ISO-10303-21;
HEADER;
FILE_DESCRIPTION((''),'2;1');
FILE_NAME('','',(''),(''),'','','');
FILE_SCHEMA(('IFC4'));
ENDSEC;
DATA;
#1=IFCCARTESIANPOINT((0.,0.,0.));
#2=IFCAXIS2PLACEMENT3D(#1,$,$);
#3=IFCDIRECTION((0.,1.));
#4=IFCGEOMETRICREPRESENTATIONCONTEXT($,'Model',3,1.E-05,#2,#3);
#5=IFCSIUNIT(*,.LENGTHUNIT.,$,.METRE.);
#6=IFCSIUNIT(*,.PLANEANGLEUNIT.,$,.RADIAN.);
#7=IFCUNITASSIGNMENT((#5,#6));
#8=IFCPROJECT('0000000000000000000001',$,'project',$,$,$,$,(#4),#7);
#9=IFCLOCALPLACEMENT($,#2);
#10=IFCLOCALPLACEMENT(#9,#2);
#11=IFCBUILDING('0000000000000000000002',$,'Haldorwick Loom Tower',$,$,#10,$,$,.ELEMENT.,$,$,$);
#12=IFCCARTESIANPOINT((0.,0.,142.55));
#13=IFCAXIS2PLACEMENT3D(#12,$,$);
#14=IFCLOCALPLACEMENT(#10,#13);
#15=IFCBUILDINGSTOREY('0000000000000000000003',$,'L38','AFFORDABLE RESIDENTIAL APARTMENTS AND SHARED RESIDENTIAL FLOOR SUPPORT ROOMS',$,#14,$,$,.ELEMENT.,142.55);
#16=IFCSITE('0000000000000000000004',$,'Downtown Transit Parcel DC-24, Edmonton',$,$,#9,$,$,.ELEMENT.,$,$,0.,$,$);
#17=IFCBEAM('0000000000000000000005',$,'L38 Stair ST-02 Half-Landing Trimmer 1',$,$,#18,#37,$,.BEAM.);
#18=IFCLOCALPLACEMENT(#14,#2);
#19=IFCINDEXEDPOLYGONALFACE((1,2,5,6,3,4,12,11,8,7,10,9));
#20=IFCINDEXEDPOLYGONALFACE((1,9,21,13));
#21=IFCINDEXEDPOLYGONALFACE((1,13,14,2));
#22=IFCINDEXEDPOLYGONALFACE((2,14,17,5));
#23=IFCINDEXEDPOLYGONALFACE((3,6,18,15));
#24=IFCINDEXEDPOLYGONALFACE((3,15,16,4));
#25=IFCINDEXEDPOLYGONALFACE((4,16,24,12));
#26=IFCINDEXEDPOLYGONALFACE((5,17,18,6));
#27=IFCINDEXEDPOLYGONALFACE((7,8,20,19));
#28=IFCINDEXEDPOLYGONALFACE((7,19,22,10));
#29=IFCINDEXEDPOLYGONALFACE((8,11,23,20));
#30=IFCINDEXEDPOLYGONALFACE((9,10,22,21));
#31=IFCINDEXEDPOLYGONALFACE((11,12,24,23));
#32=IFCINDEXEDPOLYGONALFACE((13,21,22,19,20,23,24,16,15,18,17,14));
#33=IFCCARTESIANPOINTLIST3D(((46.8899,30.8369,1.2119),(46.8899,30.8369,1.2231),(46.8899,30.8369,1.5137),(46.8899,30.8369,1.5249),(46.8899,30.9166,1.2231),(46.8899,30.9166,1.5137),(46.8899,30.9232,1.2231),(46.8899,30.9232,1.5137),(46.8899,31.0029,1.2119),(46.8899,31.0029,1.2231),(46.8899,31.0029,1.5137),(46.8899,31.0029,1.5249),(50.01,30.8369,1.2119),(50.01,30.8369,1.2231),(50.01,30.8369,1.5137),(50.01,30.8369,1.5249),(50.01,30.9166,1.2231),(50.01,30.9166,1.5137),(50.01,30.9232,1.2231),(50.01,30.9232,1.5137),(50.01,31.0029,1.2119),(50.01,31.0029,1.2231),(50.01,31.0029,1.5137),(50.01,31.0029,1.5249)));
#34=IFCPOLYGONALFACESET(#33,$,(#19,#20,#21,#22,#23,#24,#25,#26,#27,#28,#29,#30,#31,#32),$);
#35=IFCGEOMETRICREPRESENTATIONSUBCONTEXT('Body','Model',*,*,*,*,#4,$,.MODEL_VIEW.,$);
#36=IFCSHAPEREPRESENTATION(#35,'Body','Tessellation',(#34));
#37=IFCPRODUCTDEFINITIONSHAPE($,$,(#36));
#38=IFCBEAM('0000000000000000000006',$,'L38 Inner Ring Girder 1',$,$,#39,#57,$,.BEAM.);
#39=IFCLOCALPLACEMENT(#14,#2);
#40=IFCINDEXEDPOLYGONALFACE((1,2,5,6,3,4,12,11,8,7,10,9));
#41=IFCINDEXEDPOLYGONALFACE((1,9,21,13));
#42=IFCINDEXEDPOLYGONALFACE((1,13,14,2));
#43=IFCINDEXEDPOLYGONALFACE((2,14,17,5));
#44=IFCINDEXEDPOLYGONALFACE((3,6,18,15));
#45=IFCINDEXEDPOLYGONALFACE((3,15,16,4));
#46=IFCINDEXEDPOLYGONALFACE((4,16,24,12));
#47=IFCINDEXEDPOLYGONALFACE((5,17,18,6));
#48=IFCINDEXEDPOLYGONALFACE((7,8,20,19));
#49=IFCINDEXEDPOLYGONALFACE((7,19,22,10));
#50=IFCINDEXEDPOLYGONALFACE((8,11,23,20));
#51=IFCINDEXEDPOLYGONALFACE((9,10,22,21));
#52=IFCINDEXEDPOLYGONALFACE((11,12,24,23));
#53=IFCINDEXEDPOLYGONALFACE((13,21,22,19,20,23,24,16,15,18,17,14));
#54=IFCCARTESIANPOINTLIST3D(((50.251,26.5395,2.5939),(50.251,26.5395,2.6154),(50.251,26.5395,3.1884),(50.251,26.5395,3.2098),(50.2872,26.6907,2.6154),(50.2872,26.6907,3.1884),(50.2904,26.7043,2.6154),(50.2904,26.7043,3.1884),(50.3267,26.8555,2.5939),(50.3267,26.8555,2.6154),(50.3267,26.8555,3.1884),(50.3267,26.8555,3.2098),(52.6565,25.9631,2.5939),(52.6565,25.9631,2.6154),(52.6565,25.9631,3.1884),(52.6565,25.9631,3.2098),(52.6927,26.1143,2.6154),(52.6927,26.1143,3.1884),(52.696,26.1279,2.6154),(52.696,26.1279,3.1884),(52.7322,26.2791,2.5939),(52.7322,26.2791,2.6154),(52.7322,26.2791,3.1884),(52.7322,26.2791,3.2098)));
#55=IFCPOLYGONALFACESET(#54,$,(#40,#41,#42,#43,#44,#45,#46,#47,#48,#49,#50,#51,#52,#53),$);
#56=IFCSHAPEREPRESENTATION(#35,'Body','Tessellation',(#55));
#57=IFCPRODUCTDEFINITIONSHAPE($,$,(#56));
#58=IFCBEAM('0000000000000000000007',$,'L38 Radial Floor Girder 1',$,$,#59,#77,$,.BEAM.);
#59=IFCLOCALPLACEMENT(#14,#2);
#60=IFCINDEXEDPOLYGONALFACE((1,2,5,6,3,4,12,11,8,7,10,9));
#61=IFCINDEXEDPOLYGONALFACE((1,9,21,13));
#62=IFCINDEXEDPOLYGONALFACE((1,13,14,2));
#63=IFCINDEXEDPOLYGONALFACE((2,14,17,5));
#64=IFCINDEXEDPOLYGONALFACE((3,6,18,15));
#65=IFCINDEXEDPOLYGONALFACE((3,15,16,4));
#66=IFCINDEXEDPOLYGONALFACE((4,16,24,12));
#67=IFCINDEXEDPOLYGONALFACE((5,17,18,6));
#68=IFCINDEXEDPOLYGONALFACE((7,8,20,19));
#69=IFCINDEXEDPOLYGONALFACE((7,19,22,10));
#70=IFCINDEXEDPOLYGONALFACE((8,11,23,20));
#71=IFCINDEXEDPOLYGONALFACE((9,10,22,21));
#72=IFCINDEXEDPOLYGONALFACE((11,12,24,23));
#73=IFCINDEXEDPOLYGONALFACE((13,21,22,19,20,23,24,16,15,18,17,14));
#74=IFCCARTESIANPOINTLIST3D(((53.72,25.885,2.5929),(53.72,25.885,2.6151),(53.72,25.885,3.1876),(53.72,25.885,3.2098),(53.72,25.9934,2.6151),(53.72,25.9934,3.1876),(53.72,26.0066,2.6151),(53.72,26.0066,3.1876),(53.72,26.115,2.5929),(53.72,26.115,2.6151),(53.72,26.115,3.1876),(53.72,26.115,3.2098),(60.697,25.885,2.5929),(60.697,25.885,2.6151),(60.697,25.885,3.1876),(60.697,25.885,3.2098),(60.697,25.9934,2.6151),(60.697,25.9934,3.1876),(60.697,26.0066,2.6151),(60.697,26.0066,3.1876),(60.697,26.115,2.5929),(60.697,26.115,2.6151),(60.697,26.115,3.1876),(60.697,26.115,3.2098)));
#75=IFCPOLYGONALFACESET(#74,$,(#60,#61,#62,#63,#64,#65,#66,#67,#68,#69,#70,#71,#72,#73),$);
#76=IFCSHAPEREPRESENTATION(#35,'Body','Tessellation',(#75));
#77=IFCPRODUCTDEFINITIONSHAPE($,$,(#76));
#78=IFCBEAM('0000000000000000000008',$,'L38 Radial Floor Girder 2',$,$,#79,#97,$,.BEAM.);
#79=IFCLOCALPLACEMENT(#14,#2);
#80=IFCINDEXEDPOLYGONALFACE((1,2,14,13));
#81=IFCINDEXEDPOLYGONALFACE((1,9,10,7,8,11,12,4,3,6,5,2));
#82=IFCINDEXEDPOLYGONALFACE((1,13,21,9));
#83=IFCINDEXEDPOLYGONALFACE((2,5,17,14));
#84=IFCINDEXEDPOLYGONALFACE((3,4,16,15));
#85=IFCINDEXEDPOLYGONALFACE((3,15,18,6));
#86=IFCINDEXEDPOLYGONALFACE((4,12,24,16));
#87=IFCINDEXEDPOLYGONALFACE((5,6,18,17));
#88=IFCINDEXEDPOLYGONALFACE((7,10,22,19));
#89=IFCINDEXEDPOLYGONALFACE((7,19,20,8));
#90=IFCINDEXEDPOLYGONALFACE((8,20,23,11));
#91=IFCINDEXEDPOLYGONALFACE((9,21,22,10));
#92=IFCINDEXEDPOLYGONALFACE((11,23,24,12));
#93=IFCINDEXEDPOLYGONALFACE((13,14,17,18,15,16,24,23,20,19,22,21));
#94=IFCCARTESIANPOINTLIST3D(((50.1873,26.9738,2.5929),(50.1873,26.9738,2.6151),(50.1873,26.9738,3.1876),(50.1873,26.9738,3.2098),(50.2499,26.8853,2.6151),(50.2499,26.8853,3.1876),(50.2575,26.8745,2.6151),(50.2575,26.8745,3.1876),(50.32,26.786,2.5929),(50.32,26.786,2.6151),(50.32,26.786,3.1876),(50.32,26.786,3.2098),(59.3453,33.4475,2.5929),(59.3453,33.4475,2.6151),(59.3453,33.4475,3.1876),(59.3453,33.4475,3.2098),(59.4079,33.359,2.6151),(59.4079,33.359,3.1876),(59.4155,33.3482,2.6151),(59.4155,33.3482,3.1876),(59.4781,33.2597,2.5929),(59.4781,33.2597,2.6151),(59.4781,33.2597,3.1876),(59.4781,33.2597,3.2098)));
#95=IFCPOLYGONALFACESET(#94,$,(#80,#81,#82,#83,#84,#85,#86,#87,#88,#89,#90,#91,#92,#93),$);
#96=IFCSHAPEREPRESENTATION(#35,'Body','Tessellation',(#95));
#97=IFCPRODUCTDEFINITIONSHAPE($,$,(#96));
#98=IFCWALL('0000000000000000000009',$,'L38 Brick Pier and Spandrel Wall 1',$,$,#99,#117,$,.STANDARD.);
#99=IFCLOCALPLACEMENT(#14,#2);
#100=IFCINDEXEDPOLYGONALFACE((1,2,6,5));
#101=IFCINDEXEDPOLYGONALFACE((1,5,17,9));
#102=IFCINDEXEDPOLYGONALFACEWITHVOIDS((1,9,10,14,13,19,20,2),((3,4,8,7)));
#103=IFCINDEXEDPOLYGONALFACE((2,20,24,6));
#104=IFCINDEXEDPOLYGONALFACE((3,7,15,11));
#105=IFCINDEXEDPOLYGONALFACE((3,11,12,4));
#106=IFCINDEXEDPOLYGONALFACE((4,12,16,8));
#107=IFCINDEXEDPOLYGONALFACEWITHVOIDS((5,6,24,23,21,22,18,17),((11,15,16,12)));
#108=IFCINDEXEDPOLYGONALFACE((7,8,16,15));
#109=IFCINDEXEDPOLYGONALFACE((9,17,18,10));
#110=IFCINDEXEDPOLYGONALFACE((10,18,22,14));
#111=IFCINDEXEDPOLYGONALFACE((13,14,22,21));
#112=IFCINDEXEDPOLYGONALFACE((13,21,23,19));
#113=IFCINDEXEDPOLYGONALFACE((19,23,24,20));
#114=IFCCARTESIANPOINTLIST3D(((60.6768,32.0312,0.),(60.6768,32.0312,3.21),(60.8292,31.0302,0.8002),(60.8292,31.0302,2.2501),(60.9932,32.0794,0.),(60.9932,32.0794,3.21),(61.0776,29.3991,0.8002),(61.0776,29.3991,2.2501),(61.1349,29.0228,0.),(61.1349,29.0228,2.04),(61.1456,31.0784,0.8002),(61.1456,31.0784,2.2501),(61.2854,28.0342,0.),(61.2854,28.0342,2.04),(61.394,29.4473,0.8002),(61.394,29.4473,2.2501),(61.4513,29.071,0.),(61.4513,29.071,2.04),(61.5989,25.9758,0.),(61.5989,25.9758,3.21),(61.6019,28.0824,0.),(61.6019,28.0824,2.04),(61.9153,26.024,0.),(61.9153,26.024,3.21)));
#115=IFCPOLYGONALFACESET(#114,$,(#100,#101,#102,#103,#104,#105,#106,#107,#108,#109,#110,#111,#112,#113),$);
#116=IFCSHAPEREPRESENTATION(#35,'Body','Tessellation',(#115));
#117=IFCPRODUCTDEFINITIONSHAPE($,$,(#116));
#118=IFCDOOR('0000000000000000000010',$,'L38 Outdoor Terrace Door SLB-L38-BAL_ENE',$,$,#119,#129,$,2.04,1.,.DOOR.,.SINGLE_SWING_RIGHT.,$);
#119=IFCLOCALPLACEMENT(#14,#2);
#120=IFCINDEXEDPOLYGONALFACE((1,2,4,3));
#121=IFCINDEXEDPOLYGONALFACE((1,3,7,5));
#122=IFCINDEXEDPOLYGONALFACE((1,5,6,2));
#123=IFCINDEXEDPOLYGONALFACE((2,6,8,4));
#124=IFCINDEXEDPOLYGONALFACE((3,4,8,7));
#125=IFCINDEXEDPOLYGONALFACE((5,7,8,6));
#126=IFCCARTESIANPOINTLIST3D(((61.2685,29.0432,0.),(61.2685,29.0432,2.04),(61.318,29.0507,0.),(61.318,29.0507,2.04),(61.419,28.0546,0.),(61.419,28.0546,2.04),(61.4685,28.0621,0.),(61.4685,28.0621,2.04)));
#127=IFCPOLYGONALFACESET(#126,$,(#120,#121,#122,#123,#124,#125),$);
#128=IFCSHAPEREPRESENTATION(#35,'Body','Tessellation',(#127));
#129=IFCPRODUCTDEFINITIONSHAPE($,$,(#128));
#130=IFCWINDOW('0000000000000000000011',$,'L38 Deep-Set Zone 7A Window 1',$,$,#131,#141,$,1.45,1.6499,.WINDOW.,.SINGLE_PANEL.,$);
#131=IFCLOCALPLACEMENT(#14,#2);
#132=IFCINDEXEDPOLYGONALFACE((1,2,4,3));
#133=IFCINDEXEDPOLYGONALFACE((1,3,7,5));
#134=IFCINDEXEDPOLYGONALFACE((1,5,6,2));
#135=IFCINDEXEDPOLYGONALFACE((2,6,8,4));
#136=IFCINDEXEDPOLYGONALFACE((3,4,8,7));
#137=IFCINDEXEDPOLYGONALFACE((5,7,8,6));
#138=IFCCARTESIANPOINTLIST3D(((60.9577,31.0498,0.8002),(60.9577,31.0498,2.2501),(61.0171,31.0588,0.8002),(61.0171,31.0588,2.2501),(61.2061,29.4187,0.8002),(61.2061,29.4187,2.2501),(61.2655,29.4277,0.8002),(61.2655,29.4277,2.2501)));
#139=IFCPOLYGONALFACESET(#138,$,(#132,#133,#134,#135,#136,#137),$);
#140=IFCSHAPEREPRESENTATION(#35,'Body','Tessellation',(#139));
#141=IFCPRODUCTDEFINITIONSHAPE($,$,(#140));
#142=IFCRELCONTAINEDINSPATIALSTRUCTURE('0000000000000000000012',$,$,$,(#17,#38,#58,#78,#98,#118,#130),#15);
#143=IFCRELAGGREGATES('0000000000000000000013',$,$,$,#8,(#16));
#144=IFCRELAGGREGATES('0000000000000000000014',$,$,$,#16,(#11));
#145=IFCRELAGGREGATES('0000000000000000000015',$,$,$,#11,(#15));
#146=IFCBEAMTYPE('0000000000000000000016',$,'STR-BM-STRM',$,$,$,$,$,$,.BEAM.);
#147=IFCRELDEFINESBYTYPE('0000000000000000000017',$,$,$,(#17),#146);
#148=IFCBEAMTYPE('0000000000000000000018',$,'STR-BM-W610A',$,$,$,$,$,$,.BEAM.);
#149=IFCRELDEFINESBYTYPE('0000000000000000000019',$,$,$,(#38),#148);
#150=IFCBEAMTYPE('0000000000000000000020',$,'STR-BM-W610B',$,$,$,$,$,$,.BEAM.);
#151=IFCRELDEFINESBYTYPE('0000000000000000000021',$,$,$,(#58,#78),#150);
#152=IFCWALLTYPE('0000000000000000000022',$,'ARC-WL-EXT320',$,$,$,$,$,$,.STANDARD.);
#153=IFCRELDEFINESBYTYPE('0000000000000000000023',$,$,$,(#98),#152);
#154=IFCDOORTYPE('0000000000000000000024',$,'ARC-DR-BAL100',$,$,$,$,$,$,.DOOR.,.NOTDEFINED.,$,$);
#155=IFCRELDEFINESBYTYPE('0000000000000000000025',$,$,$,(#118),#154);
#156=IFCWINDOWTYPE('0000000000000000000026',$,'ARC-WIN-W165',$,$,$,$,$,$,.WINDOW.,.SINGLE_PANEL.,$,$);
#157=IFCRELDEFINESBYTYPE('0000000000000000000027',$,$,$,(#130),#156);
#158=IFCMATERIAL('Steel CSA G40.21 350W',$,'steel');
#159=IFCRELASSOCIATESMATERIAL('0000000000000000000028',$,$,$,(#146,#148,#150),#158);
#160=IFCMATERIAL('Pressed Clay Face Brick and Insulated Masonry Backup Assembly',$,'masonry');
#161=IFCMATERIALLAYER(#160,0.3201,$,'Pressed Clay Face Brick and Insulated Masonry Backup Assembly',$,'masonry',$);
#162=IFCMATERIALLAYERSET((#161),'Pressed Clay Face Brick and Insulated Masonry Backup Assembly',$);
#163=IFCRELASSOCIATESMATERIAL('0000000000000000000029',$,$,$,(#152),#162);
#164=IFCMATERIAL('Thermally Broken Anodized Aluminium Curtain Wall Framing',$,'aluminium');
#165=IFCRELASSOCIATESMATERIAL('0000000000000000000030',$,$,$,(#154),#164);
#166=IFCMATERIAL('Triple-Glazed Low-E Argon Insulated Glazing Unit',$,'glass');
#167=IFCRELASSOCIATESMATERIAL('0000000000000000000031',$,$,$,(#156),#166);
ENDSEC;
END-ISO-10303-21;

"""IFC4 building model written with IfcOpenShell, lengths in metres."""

from ifc_helpers import new_model, si_unit, direction, frame, frame_2d, origin, origin_2d, place, context, subcontext, project, spatial, rectangle, i_section, extrude, material, layer, layer_set, material_profile, profile_set, type_object, element, fill, save


model = new_model("IFC4")

# Units and contexts
model_context = context("Model", 3, precision=1e-05, world=origin(), true_north=direction((0.0, 1.0)))
body_context = subcontext(model_context, "Body", "Model", "MODEL_VIEW")
ifc_project = project(units=[si_unit("LENGTHUNIT", "METRE"), si_unit("PLANEANGLEUNIT", "RADIAN")], contexts=[model_context])

# Site, building, storey
site_placement = place(None, origin())
site = spatial("IfcSite", under=ifc_project, at=site_placement, Name="Downtown Transit Parcel DC-24, Edmonton", CompositionType="ELEMENT", RefElevation=0.0)
building_placement = place(site_placement, origin())
building = spatial("IfcBuilding", under=site, at=building_placement, Name="Haldorwick Loom Tower", CompositionType="ELEMENT")
storey_placement = place(building_placement, frame((0.0, 0.0, 142.55)))
storey = spatial("IfcBuildingStorey", under=building, at=storey_placement, Name="L38", Description="AFFORDABLE RESIDENTIAL APARTMENTS AND SHARED RESIDENTIAL FLOOR SUPPORT ROOMS", CompositionType="ELEMENT", Elevation=142.55)

# Beams
ifc_material_1 = material(Name="Steel CSA G40.21 350W", Category="steel")
ifc_material_profile_1 = material_profile(ifc_material_1, i_section(OverallWidth=0.166, OverallDepth=0.313, WebThickness=0.0066, FlangeThickness=0.0112, at=origin_2d()), Name="W310X45", Category="steel")
ifc_profile_set_1 = profile_set([ifc_material_profile_1], Name="Steel CSA G40.21 350W")
beam_type_1 = type_object("IfcBeamType", Name="STR-BM-STRM", PredefinedType="BEAM", material=ifc_profile_set_1)
beam_1_placement = place(storey_placement, frame((46.8899, 30.9199, 1.3684), z_axis=(1.0, 0.0, 0.0), x_axis=(0.0, 1.0, 0.0)))
element("IfcBeam", 1, at=beam_1_placement, inside=storey, type_object=beam_type_1, Name="L38 Stair ST-02 Half-Landing Trimmer 1", PredefinedType="BEAM", context=body_context, shape_type="SweptSolid", body=[
    extrude(i_section(OverallWidth=0.166, OverallDepth=0.313, WebThickness=0.0066, FlangeThickness=0.0112, at=origin_2d()), origin(), (0.0, 0.0, 1.0), 3.1201),
])
ifc_material_profile_2 = material_profile(ifc_material_1, i_section(OverallWidth=0.325, OverallDepth=0.616, WebThickness=0.0139, FlangeThickness=0.0215, at=origin_2d()), Name="W610X174", Category="steel")
ifc_profile_set_2 = profile_set([ifc_material_profile_2], Name="Steel CSA G40.21 350W")
beam_type_2 = type_object("IfcBeamType", Name="STR-BM-W610A", PredefinedType="BEAM", material=ifc_profile_set_2)
beam_2_placement = place(storey_placement, frame((50.2888, 26.6975, 2.9019), z_axis=(0.972471, -0.233026, 0.0), x_axis=(0.233026, 0.972471, 0.0)))
element("IfcBeam", 2, at=beam_2_placement, inside=storey, type_object=beam_type_2, Name="L38 Inner Ring Girder 1", PredefinedType="BEAM", context=body_context, shape_type="SweptSolid", body=[
    extrude(i_section(OverallWidth=0.325, OverallDepth=0.616, WebThickness=0.0139, FlangeThickness=0.0215, at=origin_2d()), origin(), (0.0, 0.0, 1.0), 2.4736),
])
ifc_material_profile_3 = material_profile(ifc_material_1, i_section(OverallWidth=0.23, OverallDepth=0.6169, WebThickness=0.0132, FlangeThickness=0.0222, at=origin_2d()), Name="W610X140", Category="steel")
ifc_profile_set_3 = profile_set([ifc_material_profile_3], Name="Steel CSA G40.21 350W")
beam_type_3 = type_object("IfcBeamType", Name="STR-BM-W610B", PredefinedType="BEAM", material=ifc_profile_set_3)
beam_3_placement = place(storey_placement, frame((53.72, 26.0, 2.9014), z_axis=(1.0, 0.0, 0.0), x_axis=(0.0, 1.0, 0.0)))
element("IfcBeam", 3, at=beam_3_placement, inside=storey, type_object=beam_type_3, Name="L38 Radial Floor Girder 1", PredefinedType="BEAM", context=body_context, shape_type="SweptSolid", body=[
    extrude(i_section(OverallWidth=0.23, OverallDepth=0.6169, WebThickness=0.0132, FlangeThickness=0.0222, at=origin_2d()), origin(), (0.0, 0.0, 1.0), 6.9771),
])
beam_4_placement = place(storey_placement, frame((50.2537, 26.8799, 2.9014), z_axis=(0.816582, 0.57723, 0.0), x_axis=(-0.57723, 0.816582, 0.0)))
element("IfcBeam", 4, at=beam_4_placement, inside=storey, type_object=beam_type_3, Name="L38 Radial Floor Girder 2", PredefinedType="BEAM", context=body_context, shape_type="SweptSolid", body=[
    extrude(i_section(OverallWidth=0.23, OverallDepth=0.6169, WebThickness=0.0132, FlangeThickness=0.0222, at=origin_2d()), origin(), (0.0, 0.0, 1.0), 11.2151),
])

# Wall, openings, door, window
ifc_material_2 = material(Name="Pressed Clay Face Brick and Insulated Masonry Backup Assembly", Category="masonry")
ifc_layer_1 = layer(ifc_material_2, 0.3201, Name="Pressed Clay Face Brick and Insulated Masonry Backup Assembly", Category="masonry")
ifc_layer_set_1 = layer_set([ifc_layer_1], Name="Pressed Clay Face Brick and Insulated Masonry Backup Assembly")
wall_type_1 = type_object("IfcWallType", Name="ARC-WL-EXT320", PredefinedType="STANDARD", material=ifc_layer_set_1)
wall_1_placement = place(storey_placement, frame((61.7571, 26.0, 0.0), z_axis=(0.0, 0.0, 1.0), x_axis=(-0.150544, 0.988603, 0.0)))
wall_1 = element("IfcWall", 5, at=wall_1_placement, inside=storey, type_object=wall_type_1, Name="L38 Brick Pier and Spandrel Wall 1", PredefinedType="STANDARD", context=body_context, shape_type="SweptSolid", body=[
    extrude(rectangle(XDim=6.1252, YDim=0.3201, at=frame_2d((3.0625, 0.0))), origin(), (0.0, 0.0, 1.0), 3.21),
])
opening_1_placement = place(wall_1_placement, frame((2.082, 0.0, 0.0)))
opening_1 = element("IfcOpeningElement", 6, at=opening_1_placement, cuts=wall_1, PredefinedType="OPENING", context=body_context, shape_type="SweptSolid", body=[
    extrude(rectangle(XDim=1.0, YDim=2.04, at=frame_2d((0.5, 1.02))), frame((0.0, 0.1699, 0.0), z_axis=(0.0, -1.0, 0.0), x_axis=(1.0, 0.0, 0.0)), (0.0, 0.0, 1.0), 0.3401),
])
opening_2_placement = place(wall_1_placement, frame((3.4626, 0.0, 0.8)))
opening_2 = element("IfcOpeningElement", 7, at=opening_2_placement, cuts=wall_1, PredefinedType="OPENING", context=body_context, shape_type="SweptSolid", body=[
    extrude(rectangle(XDim=1.6499, YDim=1.45, at=frame_2d((0.825, 0.7251))), frame((0.0, 0.1699, 0.0), z_axis=(0.0, -1.0, 0.0), x_axis=(1.0, 0.0, 0.0)), (0.0, 0.0, 1.0), 0.3401),
])
ifc_material_3 = material(Name="Thermally Broken Anodized Aluminium Curtain Wall Framing", Category="aluminium")
door_type_1 = type_object("IfcDoorType", Name="ARC-DR-BAL100", OperationType="NOTDEFINED", PredefinedType="DOOR", material=ifc_material_3)
door_1_placement = place(opening_1_placement, origin())
door_1 = element("IfcDoor", 8, at=door_1_placement, inside=storey, type_object=door_type_1, Name="L38 Outdoor Terrace Door SLB-L38-BAL_ENE", OperationType="SINGLE_SWING_RIGHT", OverallHeight=2.04, OverallWidth=1.0, PredefinedType="DOOR", context=body_context, shape_type="SweptSolid", body=[
    extrude(rectangle(XDim=1.0, YDim=2.04, at=frame_2d((0.5, 1.02))), frame((0.0, 0.0249, 0.0), z_axis=(0.0, -1.0, 0.0), x_axis=(1.0, 0.0, 0.0)), (0.0, 0.0, 1.0), 0.05),
])
fill(opening_1, door_1)
ifc_material_4 = material(Name="Triple-Glazed Low-E Argon Insulated Glazing Unit", Category="glass")
window_type = type_object("IfcWindowType", Name="ARC-WIN-W165", PartitioningType="SINGLE_PANEL", PredefinedType="WINDOW", material=ifc_material_4)
window_placement = place(opening_2_placement, origin())
window = element("IfcWindow", 9, at=window_placement, inside=storey, type_object=window_type, Name="L38 Deep-Set Zone 7A Window 1", OverallHeight=1.45, OverallWidth=1.6499, PartitioningType="SINGLE_PANEL", PredefinedType="WINDOW", context=body_context, shape_type="SweptSolid", body=[
    extrude(rectangle(XDim=1.6499, YDim=1.45, at=frame_2d((0.825, 0.7251))), frame((0.0, 0.03, 0.0), z_axis=(0.0, -1.0, 0.0), x_axis=(1.0, 0.0, 0.0)), (0.0, 0.0, 1.0), 0.0601),
])
fill(opening_2, window)

save(model, "model.ifc")
